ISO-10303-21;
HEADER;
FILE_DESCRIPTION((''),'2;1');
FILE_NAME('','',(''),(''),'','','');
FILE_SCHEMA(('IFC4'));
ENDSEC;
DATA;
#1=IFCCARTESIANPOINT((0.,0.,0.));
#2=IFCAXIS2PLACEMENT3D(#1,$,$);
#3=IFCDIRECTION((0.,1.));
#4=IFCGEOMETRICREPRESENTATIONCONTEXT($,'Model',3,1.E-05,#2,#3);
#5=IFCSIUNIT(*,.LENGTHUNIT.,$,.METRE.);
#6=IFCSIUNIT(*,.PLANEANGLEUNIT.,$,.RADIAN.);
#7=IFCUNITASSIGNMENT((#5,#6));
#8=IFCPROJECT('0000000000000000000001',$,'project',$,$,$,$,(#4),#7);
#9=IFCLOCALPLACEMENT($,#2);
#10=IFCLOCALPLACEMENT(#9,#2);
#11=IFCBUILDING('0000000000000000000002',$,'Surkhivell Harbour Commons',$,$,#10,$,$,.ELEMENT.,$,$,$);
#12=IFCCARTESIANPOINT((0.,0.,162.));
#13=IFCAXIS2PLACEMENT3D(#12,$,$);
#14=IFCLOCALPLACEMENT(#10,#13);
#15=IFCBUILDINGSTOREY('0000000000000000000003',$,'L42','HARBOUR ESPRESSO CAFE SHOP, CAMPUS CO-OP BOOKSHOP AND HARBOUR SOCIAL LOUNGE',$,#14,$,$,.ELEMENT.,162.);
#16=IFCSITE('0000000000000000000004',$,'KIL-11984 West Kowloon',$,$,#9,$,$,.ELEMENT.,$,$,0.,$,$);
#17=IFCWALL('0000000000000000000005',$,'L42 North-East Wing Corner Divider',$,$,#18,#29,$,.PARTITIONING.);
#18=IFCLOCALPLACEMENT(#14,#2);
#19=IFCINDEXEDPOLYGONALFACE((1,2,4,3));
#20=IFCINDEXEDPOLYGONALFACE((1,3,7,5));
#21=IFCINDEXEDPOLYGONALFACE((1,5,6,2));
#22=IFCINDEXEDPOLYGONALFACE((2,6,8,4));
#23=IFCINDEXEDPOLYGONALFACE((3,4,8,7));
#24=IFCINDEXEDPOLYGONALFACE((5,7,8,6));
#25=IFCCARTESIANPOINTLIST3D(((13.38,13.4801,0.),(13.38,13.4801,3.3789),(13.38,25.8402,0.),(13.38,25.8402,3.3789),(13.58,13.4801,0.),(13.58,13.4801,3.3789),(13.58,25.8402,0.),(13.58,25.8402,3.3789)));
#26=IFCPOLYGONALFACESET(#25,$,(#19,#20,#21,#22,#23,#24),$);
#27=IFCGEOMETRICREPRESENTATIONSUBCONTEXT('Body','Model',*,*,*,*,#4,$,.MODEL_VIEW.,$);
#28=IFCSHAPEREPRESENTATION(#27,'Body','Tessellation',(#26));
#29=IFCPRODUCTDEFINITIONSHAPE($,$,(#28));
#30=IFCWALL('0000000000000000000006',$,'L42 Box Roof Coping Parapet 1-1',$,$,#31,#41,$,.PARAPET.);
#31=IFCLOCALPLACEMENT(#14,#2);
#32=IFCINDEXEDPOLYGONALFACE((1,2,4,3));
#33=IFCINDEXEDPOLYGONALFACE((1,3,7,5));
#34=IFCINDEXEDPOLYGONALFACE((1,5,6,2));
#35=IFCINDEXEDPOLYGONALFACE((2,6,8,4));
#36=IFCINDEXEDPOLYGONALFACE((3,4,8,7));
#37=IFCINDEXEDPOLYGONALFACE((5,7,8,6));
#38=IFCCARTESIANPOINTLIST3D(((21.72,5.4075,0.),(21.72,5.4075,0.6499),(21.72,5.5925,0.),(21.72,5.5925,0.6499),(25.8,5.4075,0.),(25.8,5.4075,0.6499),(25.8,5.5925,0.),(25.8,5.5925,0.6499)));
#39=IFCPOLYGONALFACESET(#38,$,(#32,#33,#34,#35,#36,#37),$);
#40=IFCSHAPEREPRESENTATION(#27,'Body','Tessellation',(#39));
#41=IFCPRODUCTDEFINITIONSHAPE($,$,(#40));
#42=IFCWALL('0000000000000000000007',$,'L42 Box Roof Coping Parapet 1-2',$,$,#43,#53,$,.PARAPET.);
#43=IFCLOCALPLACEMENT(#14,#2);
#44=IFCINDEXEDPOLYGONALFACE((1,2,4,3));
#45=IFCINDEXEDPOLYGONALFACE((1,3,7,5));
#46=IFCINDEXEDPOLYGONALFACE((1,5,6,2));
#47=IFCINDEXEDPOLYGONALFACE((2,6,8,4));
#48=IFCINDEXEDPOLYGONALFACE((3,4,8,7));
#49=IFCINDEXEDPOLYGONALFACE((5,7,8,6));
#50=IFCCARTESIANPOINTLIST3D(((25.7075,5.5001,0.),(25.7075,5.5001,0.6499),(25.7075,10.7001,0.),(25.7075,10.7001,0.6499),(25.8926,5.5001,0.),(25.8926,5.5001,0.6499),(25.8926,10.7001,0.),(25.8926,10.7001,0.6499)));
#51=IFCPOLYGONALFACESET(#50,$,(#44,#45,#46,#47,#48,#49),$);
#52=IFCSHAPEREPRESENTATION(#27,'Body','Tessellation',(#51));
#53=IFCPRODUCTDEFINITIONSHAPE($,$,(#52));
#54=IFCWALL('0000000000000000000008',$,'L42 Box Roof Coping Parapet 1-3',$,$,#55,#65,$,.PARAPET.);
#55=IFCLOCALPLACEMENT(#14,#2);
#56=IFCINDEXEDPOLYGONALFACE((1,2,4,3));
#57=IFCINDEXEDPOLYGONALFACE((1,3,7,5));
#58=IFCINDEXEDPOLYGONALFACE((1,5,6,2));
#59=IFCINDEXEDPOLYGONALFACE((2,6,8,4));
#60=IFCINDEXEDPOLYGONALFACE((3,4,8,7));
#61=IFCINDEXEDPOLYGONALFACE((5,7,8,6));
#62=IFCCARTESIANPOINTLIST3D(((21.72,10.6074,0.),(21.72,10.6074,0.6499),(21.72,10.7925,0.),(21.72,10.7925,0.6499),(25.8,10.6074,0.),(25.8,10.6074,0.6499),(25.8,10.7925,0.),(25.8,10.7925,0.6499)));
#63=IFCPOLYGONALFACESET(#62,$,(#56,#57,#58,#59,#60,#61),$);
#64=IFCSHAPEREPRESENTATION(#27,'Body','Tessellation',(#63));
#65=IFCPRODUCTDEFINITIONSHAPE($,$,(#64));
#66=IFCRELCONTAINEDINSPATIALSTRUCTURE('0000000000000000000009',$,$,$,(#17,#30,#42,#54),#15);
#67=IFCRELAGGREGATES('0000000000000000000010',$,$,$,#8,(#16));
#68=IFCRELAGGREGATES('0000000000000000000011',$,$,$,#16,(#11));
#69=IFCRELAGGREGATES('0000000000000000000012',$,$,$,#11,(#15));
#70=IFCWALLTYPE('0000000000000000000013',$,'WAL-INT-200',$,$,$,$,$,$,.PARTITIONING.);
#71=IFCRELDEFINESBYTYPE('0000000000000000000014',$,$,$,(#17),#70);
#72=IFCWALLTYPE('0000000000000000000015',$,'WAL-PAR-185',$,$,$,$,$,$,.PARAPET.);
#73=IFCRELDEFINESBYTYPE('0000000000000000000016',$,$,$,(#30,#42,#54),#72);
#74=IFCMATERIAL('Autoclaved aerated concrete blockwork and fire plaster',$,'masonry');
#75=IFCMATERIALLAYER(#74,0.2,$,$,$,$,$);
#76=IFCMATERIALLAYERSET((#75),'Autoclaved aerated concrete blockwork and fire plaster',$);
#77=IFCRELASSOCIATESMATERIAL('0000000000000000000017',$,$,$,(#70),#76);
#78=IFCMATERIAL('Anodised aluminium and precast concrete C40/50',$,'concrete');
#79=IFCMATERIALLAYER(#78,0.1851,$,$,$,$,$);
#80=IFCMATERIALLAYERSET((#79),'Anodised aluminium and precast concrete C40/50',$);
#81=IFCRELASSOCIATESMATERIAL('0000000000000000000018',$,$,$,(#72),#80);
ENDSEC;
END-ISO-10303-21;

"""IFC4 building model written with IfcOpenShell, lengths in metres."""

from ifc_helpers import new_model, si_unit, direction, frame, frame_2d, origin, place, context, subcontext, project, spatial, rectangle, extrude, material, layer, layer_set, type_object, element, save


model = new_model("IFC4")

# Units and contexts
model_context = context("Model", 3, precision=1e-05, world=origin(), true_north=direction((0.0, 1.0)))
body_context = subcontext(model_context, "Body", "Model", "MODEL_VIEW")
ifc_project = project(units=[si_unit("LENGTHUNIT", "METRE"), si_unit("PLANEANGLEUNIT", "RADIAN")], contexts=[model_context])

# Site, building, storey
site_placement = place(None, origin())
site = spatial("IfcSite", under=ifc_project, at=site_placement, Name="KIL-11984 West Kowloon", CompositionType="ELEMENT", RefElevation=0.0)
building_placement = place(site_placement, origin())
building = spatial("IfcBuilding", under=site, at=building_placement, Name="Surkhivell Harbour Commons", CompositionType="ELEMENT")
storey_placement = place(building_placement, frame((0.0, 0.0, 162.0)))
storey = spatial("IfcBuildingStorey", under=building, at=storey_placement, Name="L42", Description="HARBOUR ESPRESSO CAFE SHOP, CAMPUS CO-OP BOOKSHOP AND HARBOUR SOCIAL LOUNGE", CompositionType="ELEMENT", Elevation=162.0)

# Walls
ifc_material_1 = material(Name="Autoclaved aerated concrete blockwork and fire plaster", Category="masonry")
ifc_layer_1 = layer(ifc_material_1, 0.2)
ifc_layer_set_1 = layer_set([ifc_layer_1], Name="Autoclaved aerated concrete blockwork and fire plaster")
wall_type_1 = type_object("IfcWallType", Name="WAL-INT-200", PredefinedType="PARTITIONING", material=ifc_layer_set_1)
wall_1_placement = place(storey_placement, frame((13.48, 13.48, 0.0), z_axis=(0.0, 0.0, 1.0), x_axis=(0.0, 1.0, 0.0)))
element("IfcWall", 1, at=wall_1_placement, inside=storey, type_object=wall_type_1, Name="L42 North-East Wing Corner Divider", PredefinedType="PARTITIONING", context=body_context, shape_type="SweptSolid", body=[
    extrude(rectangle(XDim=12.3601, YDim=0.2, at=frame_2d((6.1802, 0.0))), origin(), (0.0, 0.0, 1.0), 3.3789),
])
ifc_material_2 = material(Name="Anodised aluminium and precast concrete C40/50", Category="concrete")
ifc_layer_2 = layer(ifc_material_2, 0.1851)
ifc_layer_set_2 = layer_set([ifc_layer_2], Name="Anodised aluminium and precast concrete C40/50")
wall_type_2 = type_object("IfcWallType", Name="WAL-PAR-185", PredefinedType="PARAPET", material=ifc_layer_set_2)
wall_2_placement = place(storey_placement, frame((21.72, 5.5, 0.0), z_axis=(0.0, 0.0, 1.0), x_axis=(1.0, 0.0, 0.0)))
element("IfcWall", 2, at=wall_2_placement, inside=storey, type_object=wall_type_2, Name="L42 Box Roof Coping Parapet 1-1", PredefinedType="PARAPET", context=body_context, shape_type="SweptSolid", body=[
    extrude(rectangle(XDim=4.0801, YDim=0.1851, at=frame_2d((2.04, 0.0))), origin(), (0.0, 0.0, 1.0), 0.6499),
])
wall_3_placement = place(storey_placement, frame((25.8, 5.5, 0.0), z_axis=(0.0, 0.0, 1.0), x_axis=(0.0, 1.0, 0.0)))
element("IfcWall", 3, at=wall_3_placement, inside=storey, type_object=wall_type_2, Name="L42 Box Roof Coping Parapet 1-2", PredefinedType="PARAPET", context=body_context, shape_type="SweptSolid", body=[
    extrude(rectangle(XDim=5.2, YDim=0.1851, at=frame_2d((2.6001, 0.0))), origin(), (0.0, 0.0, 1.0), 0.6499),
])
wall_4_placement = place(storey_placement, frame((25.8, 10.7, 0.0), z_axis=(0.0, 0.0, 1.0), x_axis=(-1.0, 0.0, 0.0)))
element("IfcWall", 4, at=wall_4_placement, inside=storey, type_object=wall_type_2, Name="L42 Box Roof Coping Parapet 1-3", PredefinedType="PARAPET", context=body_context, shape_type="SweptSolid", body=[
    extrude(rectangle(XDim=4.0801, YDim=0.1851, at=frame_2d((2.04, 0.0))), origin(), (0.0, 0.0, 1.0), 0.6499),
])

save(model, "model.ifc")
